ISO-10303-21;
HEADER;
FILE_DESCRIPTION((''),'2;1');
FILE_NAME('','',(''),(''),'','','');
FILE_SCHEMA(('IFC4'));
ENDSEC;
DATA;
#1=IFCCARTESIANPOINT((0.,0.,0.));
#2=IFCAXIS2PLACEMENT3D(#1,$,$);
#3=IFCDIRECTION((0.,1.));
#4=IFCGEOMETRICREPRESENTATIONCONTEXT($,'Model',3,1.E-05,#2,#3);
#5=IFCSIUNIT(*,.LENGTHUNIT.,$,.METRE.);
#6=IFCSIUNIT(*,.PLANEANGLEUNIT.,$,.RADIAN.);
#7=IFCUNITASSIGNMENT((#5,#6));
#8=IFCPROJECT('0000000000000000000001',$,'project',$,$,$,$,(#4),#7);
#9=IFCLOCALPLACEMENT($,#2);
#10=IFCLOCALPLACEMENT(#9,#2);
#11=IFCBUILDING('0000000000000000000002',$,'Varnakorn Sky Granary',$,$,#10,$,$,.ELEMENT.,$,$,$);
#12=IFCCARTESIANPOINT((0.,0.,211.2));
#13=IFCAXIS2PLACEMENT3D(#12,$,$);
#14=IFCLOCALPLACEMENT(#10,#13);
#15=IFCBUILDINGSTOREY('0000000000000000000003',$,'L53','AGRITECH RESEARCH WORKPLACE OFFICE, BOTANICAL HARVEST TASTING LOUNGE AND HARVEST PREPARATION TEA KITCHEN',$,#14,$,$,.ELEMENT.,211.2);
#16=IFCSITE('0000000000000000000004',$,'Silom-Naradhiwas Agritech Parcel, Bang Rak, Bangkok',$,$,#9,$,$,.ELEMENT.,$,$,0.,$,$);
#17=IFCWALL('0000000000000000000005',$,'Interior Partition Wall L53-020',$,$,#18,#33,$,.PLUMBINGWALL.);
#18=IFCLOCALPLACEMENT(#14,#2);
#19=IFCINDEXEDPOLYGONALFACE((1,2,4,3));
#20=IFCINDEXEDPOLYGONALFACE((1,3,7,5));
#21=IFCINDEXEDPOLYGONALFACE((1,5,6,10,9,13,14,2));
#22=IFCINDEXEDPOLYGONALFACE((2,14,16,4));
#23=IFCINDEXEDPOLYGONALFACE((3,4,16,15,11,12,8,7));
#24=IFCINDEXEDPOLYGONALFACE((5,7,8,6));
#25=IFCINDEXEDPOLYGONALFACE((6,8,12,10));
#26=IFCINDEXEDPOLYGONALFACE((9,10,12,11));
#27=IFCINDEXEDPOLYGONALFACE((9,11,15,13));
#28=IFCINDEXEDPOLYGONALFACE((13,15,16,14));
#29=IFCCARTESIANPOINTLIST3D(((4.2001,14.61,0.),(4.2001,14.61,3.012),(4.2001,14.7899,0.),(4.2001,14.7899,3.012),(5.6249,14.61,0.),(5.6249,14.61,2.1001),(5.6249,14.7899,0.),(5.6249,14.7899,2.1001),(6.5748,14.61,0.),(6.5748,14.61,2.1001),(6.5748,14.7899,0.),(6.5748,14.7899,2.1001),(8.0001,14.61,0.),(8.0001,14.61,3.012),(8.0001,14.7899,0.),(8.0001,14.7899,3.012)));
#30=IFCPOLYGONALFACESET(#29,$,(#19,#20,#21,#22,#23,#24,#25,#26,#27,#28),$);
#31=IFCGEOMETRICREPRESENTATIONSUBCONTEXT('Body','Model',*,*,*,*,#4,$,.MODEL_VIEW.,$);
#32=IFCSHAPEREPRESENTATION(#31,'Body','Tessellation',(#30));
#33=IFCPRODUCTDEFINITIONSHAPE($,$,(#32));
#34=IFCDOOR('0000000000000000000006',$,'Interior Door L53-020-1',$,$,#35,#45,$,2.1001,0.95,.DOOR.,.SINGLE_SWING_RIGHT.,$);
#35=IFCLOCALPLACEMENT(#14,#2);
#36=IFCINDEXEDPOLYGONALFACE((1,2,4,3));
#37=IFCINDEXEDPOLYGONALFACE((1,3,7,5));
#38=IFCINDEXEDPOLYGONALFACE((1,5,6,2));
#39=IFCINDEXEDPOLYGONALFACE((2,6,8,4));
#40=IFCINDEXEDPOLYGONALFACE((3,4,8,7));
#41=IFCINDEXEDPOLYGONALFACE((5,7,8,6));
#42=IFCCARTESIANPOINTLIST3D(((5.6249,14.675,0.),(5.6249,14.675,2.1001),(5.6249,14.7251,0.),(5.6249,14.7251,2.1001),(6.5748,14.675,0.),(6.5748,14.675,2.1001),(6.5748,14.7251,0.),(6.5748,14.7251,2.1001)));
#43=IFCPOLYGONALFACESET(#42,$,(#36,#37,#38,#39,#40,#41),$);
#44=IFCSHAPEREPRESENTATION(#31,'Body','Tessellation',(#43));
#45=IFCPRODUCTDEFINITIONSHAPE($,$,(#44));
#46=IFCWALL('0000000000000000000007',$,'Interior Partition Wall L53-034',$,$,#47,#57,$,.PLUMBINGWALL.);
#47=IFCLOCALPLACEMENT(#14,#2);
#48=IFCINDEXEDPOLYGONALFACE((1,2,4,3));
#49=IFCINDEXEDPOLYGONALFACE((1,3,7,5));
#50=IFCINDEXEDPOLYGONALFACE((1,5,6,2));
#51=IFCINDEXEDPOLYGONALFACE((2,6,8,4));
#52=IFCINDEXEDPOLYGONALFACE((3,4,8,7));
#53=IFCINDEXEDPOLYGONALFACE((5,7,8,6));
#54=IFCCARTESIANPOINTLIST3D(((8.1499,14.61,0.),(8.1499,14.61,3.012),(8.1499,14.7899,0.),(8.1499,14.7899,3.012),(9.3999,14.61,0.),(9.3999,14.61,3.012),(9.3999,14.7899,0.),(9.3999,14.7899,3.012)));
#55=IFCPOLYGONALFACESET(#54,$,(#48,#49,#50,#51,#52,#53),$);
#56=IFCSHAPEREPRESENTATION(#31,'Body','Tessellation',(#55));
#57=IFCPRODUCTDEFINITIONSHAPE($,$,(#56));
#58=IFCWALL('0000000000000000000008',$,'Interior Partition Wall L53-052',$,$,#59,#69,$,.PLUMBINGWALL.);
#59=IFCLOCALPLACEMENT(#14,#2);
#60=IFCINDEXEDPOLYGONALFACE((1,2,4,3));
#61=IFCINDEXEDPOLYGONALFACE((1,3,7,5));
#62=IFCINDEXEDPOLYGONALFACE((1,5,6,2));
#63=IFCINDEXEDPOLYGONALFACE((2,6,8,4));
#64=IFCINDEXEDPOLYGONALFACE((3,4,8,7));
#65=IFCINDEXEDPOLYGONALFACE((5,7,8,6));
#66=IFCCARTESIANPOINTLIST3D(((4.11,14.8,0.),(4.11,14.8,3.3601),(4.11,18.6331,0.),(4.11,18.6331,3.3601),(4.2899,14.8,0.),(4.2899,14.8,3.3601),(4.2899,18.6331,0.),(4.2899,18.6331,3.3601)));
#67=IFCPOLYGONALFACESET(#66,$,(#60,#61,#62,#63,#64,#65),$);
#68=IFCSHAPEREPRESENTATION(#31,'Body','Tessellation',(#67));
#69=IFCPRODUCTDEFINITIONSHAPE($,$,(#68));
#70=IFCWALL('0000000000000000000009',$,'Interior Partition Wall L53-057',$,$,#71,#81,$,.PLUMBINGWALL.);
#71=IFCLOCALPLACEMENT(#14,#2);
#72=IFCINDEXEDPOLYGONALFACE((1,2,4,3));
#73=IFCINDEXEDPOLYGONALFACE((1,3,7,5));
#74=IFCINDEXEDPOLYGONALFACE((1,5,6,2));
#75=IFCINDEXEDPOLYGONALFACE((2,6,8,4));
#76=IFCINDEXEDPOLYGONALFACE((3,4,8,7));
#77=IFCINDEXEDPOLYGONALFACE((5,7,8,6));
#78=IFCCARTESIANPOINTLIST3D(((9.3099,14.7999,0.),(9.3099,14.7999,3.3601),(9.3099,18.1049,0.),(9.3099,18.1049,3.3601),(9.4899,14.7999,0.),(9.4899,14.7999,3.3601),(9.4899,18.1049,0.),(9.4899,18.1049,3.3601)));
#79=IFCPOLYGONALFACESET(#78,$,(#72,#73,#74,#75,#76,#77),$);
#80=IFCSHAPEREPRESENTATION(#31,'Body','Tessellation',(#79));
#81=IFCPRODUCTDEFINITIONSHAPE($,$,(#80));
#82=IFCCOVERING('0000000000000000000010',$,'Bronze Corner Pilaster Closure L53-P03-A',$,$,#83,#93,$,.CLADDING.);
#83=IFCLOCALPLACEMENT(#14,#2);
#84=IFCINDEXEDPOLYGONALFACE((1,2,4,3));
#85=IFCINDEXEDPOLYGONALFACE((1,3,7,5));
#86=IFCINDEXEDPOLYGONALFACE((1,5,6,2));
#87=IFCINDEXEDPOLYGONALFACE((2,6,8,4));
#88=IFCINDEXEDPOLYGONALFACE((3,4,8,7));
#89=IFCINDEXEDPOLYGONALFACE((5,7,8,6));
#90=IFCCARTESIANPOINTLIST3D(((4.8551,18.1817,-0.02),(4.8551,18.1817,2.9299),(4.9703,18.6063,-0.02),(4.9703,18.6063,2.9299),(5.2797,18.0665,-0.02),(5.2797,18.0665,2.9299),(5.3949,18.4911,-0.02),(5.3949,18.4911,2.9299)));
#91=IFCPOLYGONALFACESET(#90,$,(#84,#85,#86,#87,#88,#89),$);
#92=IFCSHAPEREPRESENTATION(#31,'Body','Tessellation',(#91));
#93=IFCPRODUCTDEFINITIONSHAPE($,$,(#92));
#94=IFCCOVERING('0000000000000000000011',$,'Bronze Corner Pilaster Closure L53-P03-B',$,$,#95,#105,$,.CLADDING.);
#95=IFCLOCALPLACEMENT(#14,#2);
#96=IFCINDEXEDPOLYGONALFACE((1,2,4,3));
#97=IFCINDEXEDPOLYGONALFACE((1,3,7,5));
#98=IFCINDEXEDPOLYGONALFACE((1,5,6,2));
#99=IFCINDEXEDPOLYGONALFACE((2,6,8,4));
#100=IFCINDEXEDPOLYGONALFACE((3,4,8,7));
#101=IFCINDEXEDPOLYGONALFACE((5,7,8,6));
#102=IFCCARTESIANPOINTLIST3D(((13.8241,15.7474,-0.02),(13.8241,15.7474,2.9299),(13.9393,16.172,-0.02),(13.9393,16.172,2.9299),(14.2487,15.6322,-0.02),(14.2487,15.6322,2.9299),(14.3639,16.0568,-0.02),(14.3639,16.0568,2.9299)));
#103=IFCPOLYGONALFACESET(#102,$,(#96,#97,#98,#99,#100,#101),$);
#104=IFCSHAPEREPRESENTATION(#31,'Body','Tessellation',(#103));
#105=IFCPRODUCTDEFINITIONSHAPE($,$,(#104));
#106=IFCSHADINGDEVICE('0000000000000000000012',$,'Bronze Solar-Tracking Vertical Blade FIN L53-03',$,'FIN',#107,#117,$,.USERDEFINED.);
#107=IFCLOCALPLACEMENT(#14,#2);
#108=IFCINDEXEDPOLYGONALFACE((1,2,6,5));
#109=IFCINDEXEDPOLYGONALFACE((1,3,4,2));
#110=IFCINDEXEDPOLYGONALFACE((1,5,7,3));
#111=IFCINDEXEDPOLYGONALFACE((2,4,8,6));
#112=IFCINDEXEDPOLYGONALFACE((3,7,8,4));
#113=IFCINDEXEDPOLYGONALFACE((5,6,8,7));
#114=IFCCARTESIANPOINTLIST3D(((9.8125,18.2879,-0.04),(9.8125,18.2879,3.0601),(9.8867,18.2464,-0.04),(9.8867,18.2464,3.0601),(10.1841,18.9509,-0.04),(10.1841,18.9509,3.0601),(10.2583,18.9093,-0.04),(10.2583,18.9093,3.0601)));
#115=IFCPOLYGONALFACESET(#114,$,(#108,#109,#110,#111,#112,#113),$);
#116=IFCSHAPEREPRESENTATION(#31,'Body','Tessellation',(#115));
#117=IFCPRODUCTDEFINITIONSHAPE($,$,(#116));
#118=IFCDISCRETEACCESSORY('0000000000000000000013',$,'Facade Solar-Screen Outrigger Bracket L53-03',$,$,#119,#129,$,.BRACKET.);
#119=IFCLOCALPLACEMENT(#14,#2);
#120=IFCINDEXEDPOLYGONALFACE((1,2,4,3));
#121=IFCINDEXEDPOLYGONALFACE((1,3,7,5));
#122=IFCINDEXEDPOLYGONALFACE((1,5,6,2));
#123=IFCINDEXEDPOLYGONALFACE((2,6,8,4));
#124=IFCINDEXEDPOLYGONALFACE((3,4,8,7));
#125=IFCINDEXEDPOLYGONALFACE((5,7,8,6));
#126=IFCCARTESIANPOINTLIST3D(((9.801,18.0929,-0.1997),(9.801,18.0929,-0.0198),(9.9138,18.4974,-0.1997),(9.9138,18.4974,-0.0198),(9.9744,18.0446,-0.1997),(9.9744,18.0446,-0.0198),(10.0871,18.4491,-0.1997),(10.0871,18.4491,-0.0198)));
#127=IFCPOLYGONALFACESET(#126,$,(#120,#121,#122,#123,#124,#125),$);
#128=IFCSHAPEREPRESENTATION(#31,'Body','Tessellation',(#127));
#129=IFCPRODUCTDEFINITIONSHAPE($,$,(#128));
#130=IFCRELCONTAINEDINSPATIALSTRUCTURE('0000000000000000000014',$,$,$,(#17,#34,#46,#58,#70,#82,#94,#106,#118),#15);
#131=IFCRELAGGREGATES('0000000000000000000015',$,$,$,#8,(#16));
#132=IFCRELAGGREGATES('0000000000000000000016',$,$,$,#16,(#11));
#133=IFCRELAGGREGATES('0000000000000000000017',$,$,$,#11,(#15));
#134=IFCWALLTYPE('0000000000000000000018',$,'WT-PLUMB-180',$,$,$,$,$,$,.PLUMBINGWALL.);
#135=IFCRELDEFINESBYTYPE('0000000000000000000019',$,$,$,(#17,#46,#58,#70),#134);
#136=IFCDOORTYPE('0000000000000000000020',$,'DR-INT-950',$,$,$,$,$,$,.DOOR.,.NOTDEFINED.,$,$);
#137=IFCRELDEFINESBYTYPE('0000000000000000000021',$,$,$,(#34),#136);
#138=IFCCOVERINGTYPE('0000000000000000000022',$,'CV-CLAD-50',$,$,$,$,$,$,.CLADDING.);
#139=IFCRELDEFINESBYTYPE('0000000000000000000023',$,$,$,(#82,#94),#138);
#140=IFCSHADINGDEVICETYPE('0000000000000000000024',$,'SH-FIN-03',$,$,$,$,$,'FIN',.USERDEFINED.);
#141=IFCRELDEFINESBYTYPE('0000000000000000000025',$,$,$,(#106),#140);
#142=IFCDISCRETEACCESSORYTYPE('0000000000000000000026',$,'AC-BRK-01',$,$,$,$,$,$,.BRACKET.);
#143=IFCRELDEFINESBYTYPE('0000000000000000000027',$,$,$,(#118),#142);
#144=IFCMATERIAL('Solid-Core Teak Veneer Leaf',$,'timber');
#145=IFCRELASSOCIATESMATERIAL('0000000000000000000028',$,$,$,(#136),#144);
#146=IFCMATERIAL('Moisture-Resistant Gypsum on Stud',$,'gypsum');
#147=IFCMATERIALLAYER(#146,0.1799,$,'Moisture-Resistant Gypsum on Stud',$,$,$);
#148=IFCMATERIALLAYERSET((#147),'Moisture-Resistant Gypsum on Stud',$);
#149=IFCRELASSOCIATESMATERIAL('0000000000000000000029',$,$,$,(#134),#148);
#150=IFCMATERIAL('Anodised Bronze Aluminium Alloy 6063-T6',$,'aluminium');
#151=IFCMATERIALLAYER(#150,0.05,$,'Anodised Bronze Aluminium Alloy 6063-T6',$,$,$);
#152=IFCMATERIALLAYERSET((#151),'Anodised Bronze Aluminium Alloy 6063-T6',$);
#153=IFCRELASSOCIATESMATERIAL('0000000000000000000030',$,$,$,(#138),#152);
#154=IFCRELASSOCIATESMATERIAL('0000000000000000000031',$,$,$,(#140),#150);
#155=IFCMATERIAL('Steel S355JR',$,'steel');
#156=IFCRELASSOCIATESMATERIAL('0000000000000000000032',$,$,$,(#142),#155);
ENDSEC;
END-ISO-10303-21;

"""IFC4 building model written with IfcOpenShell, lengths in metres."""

from ifc_helpers import new_model, si_unit, direction, frame, frame_2d, origin, origin_2d, place, context, subcontext, project, spatial, rectangle, extrude, source, transform, mapped, material, layer, layer_set, type_object, type_shapes, element, fill, save


model = new_model("IFC4")

# Units and contexts
model_context = context("Model", 3, precision=1e-05, world=origin(), true_north=direction((0.0, 1.0)))
body_context = subcontext(model_context, "Body", "Model", "MODEL_VIEW")
ifc_project = project(units=[si_unit("LENGTHUNIT", "METRE"), si_unit("PLANEANGLEUNIT", "RADIAN")], contexts=[model_context])

# Site, building, storey
site_placement = place(None, origin())
site = spatial("IfcSite", under=ifc_project, at=site_placement, Name="Silom-Naradhiwas Agritech Parcel, Bang Rak, Bangkok", CompositionType="ELEMENT", RefElevation=0.0)
building_placement = place(site_placement, origin())
building = spatial("IfcBuilding", under=site, at=building_placement, Name="Varnakorn Sky Granary", CompositionType="ELEMENT")
storey_placement = place(building_placement, frame((0.0, 0.0, 211.2)))
storey = spatial("IfcBuildingStorey", under=building, at=storey_placement, Name="L53", Description="AGRITECH RESEARCH WORKPLACE OFFICE, BOTANICAL HARVEST TASTING LOUNGE AND HARVEST PREPARATION TEA KITCHEN", CompositionType="ELEMENT", Elevation=211.2)

# Shared definitions
ifc_material_1 = material(Name="Steel S355JR", Category="steel")

# Shared definitions
ifc_material_2 = material(Name="Anodised Bronze Aluminium Alloy 6063-T6", Category="aluminium")

# Shared definitions
ifc_material_3 = material(Name="Solid-Core Teak Veneer Leaf", Category="timber")
door_type = type_object("IfcDoorType", Name="DR-INT-950", OperationType="NOTDEFINED", PredefinedType="DOOR", material=ifc_material_3)

# Wall, opening, door
ifc_material_4 = material(Name="Moisture-Resistant Gypsum on Stud", Category="gypsum")
ifc_layer_1 = layer(ifc_material_4, 0.1799, Name="Moisture-Resistant Gypsum on Stud")
ifc_layer_set_1 = layer_set([ifc_layer_1], Name="Moisture-Resistant Gypsum on Stud")
wall_type_1 = type_object("IfcWallType", Name="WT-PLUMB-180", PredefinedType="PLUMBINGWALL", material=ifc_layer_set_1)
wall_1_placement = place(storey_placement, frame((8.0, 14.7, 0.0), z_axis=(0.0, 0.0, 1.0), x_axis=(-1.0, 0.0, 0.0)))
wall_1 = element("IfcWall", 1, at=wall_1_placement, inside=storey, type_object=wall_type_1, Name="Interior Partition Wall L53-020", PredefinedType="PLUMBINGWALL", context=body_context, shape_type="SweptSolid", body=[
    extrude(rectangle(XDim=3.8, YDim=0.1799, at=frame_2d((1.8999, 0.0))), origin(), (0.0, 0.0, 1.0), 3.012),
])
opening_1_placement = place(wall_1_placement, frame((1.425, 0.0, 0.0)))
opening_1 = element("IfcOpeningElement", 2, at=opening_1_placement, cuts=wall_1, PredefinedType="OPENING", context=body_context, shape_type="SweptSolid", body=[
    extrude(rectangle(XDim=0.95, YDim=2.1001, at=frame_2d((0.4751, 1.05))), frame((0.0, 0.1001, 0.0), z_axis=(0.0, -1.0, 0.0), x_axis=(1.0, 0.0, 0.0)), (0.0, 0.0, 1.0), 0.2),
])
door_1_placement = place(opening_1_placement, origin())
door_1 = element("IfcDoor", 3, at=door_1_placement, inside=storey, type_object=door_type, Name="Interior Door L53-020-1", OperationType="SINGLE_SWING_RIGHT", OverallHeight=2.1001, OverallWidth=0.95, PredefinedType="DOOR", context=body_context, shape_type="SweptSolid", body=[
    extrude(rectangle(XDim=0.95, YDim=2.1001, at=frame_2d((0.4751, 1.05))), frame((0.0, 0.0249, 0.0), z_axis=(0.0, -1.0, 0.0), x_axis=(1.0, 0.0, 0.0)), (0.0, 0.0, 1.0), 0.05),
])
fill(opening_1, door_1)

# Walls
wall_2_placement = place(storey_placement, frame((9.3999, 14.7, 0.0), z_axis=(0.0, 0.0, 1.0), x_axis=(-1.0, 0.0, 0.0)))
element("IfcWall", 4, at=wall_2_placement, inside=storey, type_object=wall_type_1, Name="Interior Partition Wall L53-034", PredefinedType="PLUMBINGWALL", context=body_context, shape_type="SweptSolid", body=[
    extrude(rectangle(XDim=1.25, YDim=0.1799, at=frame_2d((0.625, 0.0))), origin(), (0.0, 0.0, 1.0), 3.012),
])
wall_3_placement = place(storey_placement, frame((4.2, 18.6331, 0.0), z_axis=(0.0, 0.0, 1.0), x_axis=(0.0, -1.0, 0.0)))
element("IfcWall", 5, at=wall_3_placement, inside=storey, type_object=wall_type_1, Name="Interior Partition Wall L53-052", PredefinedType="PLUMBINGWALL", context=body_context, shape_type="SweptSolid", body=[
    extrude(rectangle(XDim=3.833, YDim=0.1799, at=frame_2d((1.9165, 0.0))), origin(), (0.0, 0.0, 1.0), 3.3601),
])
wall_4_placement = place(storey_placement, frame((9.3999, 14.8, 0.0), z_axis=(0.0, 0.0, 1.0), x_axis=(0.0, 1.0, 0.0)))
element("IfcWall", 6, at=wall_4_placement, inside=storey, type_object=wall_type_1, Name="Interior Partition Wall L53-057", PredefinedType="PLUMBINGWALL", context=body_context, shape_type="SweptSolid", body=[
    extrude(rectangle(XDim=3.3049, YDim=0.1799, at=frame_2d((1.6523, 0.0))), origin(), (0.0, 0.0, 1.0), 3.3601),
])

# Coverings
ifc_layer_2 = layer(ifc_material_2, 0.05, Name="Anodised Bronze Aluminium Alloy 6063-T6")
ifc_layer_set_2 = layer_set([ifc_layer_2], Name="Anodised Bronze Aluminium Alloy 6063-T6")
covering_type = type_object("IfcCoveringType", Name="CV-CLAD-50", PredefinedType="CLADDING", material=ifc_layer_set_2)
shared_shape_1 = source(origin(), body_context, "Body", "SweptSolid", [
    extrude(rectangle(XDim=0.4399, YDim=0.4399, at=origin_2d()), origin(), (0.0, 0.0, 1.0), 2.95),
])
type_shapes(covering_type, [shared_shape_1])
for number, where, z_axis, x_axis, name in (
    (7, (5.125, 18.3364, -0.02), (0.0, 0.0, 1.0), (0.965108, -0.261852, 0.0), "Bronze Corner Pilaster Closure L53-P03-A"),
    (8, (14.094, 15.9021, -0.02), (0.0, 0.0, 1.0), (0.965108, -0.261852, 0.0), "Bronze Corner Pilaster Closure L53-P03-B"),
):
    element("IfcCovering", number, at=place(storey_placement, frame(where, z_axis=z_axis, x_axis=x_axis)), inside=storey, type_object=covering_type, Name=name, PredefinedType="CLADDING", context=body_context, shape_type="MappedRepresentation", body=[
        mapped(shared_shape_1, transform((0.0, 0.0, 0.0), x_axis=(1.0, 0.0, 0.0), y_axis=(0.0, 1.0, 0.0), z_axis=(0.0, 0.0, 1.0), scale=1.0)),
    ])

# Shading device
shading_device_type = type_object("IfcShadingDeviceType", Name="SH-FIN-03", ElementType="FIN", PredefinedType="USERDEFINED", material=ifc_material_2)
shared_shape_2 = source(origin(), body_context, "Body", "SweptSolid", [
    extrude(rectangle(XDim=0.085, YDim=0.76, at=origin_2d()), origin(), (0.0, 0.0, 1.0), 3.1001),
])
type_shapes(shading_device_type, [shared_shape_2])
shading_device_placement = place(storey_placement, frame((10.0354, 18.5986, -0.04), z_axis=(0.0, 0.0, 1.0), x_axis=(-0.872317, 0.488942, 0.0)))
element("IfcShadingDevice", 9, at=shading_device_placement, inside=storey, type_object=shading_device_type, Name="Bronze Solar-Tracking Vertical Blade FIN L53-03", ObjectType="FIN", PredefinedType="USERDEFINED", context=body_context, shape_type="MappedRepresentation", body=[
    mapped(shared_shape_2, transform((0.0, 0.0, 0.0), x_axis=(1.0, 0.0, 0.0), y_axis=(0.0, 1.0, 0.0), z_axis=(0.0, 0.0, 1.0), scale=1.0)),
])

# Discrete accessory
discrete_accessory_type = type_object("IfcDiscreteAccessoryType", Name="AC-BRK-01", PredefinedType="BRACKET", material=ifc_material_1)
shared_shape_3 = source(origin(), body_context, "Body", "SweptSolid", [
    extrude(rectangle(XDim=0.1799, YDim=0.4199, at=origin_2d()), origin(), (0.0, 0.0, 1.0), 0.1799),
])
type_shapes(discrete_accessory_type, [shared_shape_3])
discrete_accessory_placement = place(storey_placement, frame((9.9441, 18.271, -0.1997), z_axis=(0.0, 0.0, 1.0), x_axis=(-0.96326, 0.26857, 0.0)))
element("IfcDiscreteAccessory", 10, at=discrete_accessory_placement, inside=storey, type_object=discrete_accessory_type, Name="Facade Solar-Screen Outrigger Bracket L53-03", PredefinedType="BRACKET", context=body_context, shape_type="MappedRepresentation", body=[
    mapped(shared_shape_3, transform((0.0, 0.0, 0.0), x_axis=(1.0, 0.0, 0.0), y_axis=(0.0, 1.0, 0.0), z_axis=(0.0, 0.0, 1.0), scale=1.0)),
])

save(model, "model.ifc")
